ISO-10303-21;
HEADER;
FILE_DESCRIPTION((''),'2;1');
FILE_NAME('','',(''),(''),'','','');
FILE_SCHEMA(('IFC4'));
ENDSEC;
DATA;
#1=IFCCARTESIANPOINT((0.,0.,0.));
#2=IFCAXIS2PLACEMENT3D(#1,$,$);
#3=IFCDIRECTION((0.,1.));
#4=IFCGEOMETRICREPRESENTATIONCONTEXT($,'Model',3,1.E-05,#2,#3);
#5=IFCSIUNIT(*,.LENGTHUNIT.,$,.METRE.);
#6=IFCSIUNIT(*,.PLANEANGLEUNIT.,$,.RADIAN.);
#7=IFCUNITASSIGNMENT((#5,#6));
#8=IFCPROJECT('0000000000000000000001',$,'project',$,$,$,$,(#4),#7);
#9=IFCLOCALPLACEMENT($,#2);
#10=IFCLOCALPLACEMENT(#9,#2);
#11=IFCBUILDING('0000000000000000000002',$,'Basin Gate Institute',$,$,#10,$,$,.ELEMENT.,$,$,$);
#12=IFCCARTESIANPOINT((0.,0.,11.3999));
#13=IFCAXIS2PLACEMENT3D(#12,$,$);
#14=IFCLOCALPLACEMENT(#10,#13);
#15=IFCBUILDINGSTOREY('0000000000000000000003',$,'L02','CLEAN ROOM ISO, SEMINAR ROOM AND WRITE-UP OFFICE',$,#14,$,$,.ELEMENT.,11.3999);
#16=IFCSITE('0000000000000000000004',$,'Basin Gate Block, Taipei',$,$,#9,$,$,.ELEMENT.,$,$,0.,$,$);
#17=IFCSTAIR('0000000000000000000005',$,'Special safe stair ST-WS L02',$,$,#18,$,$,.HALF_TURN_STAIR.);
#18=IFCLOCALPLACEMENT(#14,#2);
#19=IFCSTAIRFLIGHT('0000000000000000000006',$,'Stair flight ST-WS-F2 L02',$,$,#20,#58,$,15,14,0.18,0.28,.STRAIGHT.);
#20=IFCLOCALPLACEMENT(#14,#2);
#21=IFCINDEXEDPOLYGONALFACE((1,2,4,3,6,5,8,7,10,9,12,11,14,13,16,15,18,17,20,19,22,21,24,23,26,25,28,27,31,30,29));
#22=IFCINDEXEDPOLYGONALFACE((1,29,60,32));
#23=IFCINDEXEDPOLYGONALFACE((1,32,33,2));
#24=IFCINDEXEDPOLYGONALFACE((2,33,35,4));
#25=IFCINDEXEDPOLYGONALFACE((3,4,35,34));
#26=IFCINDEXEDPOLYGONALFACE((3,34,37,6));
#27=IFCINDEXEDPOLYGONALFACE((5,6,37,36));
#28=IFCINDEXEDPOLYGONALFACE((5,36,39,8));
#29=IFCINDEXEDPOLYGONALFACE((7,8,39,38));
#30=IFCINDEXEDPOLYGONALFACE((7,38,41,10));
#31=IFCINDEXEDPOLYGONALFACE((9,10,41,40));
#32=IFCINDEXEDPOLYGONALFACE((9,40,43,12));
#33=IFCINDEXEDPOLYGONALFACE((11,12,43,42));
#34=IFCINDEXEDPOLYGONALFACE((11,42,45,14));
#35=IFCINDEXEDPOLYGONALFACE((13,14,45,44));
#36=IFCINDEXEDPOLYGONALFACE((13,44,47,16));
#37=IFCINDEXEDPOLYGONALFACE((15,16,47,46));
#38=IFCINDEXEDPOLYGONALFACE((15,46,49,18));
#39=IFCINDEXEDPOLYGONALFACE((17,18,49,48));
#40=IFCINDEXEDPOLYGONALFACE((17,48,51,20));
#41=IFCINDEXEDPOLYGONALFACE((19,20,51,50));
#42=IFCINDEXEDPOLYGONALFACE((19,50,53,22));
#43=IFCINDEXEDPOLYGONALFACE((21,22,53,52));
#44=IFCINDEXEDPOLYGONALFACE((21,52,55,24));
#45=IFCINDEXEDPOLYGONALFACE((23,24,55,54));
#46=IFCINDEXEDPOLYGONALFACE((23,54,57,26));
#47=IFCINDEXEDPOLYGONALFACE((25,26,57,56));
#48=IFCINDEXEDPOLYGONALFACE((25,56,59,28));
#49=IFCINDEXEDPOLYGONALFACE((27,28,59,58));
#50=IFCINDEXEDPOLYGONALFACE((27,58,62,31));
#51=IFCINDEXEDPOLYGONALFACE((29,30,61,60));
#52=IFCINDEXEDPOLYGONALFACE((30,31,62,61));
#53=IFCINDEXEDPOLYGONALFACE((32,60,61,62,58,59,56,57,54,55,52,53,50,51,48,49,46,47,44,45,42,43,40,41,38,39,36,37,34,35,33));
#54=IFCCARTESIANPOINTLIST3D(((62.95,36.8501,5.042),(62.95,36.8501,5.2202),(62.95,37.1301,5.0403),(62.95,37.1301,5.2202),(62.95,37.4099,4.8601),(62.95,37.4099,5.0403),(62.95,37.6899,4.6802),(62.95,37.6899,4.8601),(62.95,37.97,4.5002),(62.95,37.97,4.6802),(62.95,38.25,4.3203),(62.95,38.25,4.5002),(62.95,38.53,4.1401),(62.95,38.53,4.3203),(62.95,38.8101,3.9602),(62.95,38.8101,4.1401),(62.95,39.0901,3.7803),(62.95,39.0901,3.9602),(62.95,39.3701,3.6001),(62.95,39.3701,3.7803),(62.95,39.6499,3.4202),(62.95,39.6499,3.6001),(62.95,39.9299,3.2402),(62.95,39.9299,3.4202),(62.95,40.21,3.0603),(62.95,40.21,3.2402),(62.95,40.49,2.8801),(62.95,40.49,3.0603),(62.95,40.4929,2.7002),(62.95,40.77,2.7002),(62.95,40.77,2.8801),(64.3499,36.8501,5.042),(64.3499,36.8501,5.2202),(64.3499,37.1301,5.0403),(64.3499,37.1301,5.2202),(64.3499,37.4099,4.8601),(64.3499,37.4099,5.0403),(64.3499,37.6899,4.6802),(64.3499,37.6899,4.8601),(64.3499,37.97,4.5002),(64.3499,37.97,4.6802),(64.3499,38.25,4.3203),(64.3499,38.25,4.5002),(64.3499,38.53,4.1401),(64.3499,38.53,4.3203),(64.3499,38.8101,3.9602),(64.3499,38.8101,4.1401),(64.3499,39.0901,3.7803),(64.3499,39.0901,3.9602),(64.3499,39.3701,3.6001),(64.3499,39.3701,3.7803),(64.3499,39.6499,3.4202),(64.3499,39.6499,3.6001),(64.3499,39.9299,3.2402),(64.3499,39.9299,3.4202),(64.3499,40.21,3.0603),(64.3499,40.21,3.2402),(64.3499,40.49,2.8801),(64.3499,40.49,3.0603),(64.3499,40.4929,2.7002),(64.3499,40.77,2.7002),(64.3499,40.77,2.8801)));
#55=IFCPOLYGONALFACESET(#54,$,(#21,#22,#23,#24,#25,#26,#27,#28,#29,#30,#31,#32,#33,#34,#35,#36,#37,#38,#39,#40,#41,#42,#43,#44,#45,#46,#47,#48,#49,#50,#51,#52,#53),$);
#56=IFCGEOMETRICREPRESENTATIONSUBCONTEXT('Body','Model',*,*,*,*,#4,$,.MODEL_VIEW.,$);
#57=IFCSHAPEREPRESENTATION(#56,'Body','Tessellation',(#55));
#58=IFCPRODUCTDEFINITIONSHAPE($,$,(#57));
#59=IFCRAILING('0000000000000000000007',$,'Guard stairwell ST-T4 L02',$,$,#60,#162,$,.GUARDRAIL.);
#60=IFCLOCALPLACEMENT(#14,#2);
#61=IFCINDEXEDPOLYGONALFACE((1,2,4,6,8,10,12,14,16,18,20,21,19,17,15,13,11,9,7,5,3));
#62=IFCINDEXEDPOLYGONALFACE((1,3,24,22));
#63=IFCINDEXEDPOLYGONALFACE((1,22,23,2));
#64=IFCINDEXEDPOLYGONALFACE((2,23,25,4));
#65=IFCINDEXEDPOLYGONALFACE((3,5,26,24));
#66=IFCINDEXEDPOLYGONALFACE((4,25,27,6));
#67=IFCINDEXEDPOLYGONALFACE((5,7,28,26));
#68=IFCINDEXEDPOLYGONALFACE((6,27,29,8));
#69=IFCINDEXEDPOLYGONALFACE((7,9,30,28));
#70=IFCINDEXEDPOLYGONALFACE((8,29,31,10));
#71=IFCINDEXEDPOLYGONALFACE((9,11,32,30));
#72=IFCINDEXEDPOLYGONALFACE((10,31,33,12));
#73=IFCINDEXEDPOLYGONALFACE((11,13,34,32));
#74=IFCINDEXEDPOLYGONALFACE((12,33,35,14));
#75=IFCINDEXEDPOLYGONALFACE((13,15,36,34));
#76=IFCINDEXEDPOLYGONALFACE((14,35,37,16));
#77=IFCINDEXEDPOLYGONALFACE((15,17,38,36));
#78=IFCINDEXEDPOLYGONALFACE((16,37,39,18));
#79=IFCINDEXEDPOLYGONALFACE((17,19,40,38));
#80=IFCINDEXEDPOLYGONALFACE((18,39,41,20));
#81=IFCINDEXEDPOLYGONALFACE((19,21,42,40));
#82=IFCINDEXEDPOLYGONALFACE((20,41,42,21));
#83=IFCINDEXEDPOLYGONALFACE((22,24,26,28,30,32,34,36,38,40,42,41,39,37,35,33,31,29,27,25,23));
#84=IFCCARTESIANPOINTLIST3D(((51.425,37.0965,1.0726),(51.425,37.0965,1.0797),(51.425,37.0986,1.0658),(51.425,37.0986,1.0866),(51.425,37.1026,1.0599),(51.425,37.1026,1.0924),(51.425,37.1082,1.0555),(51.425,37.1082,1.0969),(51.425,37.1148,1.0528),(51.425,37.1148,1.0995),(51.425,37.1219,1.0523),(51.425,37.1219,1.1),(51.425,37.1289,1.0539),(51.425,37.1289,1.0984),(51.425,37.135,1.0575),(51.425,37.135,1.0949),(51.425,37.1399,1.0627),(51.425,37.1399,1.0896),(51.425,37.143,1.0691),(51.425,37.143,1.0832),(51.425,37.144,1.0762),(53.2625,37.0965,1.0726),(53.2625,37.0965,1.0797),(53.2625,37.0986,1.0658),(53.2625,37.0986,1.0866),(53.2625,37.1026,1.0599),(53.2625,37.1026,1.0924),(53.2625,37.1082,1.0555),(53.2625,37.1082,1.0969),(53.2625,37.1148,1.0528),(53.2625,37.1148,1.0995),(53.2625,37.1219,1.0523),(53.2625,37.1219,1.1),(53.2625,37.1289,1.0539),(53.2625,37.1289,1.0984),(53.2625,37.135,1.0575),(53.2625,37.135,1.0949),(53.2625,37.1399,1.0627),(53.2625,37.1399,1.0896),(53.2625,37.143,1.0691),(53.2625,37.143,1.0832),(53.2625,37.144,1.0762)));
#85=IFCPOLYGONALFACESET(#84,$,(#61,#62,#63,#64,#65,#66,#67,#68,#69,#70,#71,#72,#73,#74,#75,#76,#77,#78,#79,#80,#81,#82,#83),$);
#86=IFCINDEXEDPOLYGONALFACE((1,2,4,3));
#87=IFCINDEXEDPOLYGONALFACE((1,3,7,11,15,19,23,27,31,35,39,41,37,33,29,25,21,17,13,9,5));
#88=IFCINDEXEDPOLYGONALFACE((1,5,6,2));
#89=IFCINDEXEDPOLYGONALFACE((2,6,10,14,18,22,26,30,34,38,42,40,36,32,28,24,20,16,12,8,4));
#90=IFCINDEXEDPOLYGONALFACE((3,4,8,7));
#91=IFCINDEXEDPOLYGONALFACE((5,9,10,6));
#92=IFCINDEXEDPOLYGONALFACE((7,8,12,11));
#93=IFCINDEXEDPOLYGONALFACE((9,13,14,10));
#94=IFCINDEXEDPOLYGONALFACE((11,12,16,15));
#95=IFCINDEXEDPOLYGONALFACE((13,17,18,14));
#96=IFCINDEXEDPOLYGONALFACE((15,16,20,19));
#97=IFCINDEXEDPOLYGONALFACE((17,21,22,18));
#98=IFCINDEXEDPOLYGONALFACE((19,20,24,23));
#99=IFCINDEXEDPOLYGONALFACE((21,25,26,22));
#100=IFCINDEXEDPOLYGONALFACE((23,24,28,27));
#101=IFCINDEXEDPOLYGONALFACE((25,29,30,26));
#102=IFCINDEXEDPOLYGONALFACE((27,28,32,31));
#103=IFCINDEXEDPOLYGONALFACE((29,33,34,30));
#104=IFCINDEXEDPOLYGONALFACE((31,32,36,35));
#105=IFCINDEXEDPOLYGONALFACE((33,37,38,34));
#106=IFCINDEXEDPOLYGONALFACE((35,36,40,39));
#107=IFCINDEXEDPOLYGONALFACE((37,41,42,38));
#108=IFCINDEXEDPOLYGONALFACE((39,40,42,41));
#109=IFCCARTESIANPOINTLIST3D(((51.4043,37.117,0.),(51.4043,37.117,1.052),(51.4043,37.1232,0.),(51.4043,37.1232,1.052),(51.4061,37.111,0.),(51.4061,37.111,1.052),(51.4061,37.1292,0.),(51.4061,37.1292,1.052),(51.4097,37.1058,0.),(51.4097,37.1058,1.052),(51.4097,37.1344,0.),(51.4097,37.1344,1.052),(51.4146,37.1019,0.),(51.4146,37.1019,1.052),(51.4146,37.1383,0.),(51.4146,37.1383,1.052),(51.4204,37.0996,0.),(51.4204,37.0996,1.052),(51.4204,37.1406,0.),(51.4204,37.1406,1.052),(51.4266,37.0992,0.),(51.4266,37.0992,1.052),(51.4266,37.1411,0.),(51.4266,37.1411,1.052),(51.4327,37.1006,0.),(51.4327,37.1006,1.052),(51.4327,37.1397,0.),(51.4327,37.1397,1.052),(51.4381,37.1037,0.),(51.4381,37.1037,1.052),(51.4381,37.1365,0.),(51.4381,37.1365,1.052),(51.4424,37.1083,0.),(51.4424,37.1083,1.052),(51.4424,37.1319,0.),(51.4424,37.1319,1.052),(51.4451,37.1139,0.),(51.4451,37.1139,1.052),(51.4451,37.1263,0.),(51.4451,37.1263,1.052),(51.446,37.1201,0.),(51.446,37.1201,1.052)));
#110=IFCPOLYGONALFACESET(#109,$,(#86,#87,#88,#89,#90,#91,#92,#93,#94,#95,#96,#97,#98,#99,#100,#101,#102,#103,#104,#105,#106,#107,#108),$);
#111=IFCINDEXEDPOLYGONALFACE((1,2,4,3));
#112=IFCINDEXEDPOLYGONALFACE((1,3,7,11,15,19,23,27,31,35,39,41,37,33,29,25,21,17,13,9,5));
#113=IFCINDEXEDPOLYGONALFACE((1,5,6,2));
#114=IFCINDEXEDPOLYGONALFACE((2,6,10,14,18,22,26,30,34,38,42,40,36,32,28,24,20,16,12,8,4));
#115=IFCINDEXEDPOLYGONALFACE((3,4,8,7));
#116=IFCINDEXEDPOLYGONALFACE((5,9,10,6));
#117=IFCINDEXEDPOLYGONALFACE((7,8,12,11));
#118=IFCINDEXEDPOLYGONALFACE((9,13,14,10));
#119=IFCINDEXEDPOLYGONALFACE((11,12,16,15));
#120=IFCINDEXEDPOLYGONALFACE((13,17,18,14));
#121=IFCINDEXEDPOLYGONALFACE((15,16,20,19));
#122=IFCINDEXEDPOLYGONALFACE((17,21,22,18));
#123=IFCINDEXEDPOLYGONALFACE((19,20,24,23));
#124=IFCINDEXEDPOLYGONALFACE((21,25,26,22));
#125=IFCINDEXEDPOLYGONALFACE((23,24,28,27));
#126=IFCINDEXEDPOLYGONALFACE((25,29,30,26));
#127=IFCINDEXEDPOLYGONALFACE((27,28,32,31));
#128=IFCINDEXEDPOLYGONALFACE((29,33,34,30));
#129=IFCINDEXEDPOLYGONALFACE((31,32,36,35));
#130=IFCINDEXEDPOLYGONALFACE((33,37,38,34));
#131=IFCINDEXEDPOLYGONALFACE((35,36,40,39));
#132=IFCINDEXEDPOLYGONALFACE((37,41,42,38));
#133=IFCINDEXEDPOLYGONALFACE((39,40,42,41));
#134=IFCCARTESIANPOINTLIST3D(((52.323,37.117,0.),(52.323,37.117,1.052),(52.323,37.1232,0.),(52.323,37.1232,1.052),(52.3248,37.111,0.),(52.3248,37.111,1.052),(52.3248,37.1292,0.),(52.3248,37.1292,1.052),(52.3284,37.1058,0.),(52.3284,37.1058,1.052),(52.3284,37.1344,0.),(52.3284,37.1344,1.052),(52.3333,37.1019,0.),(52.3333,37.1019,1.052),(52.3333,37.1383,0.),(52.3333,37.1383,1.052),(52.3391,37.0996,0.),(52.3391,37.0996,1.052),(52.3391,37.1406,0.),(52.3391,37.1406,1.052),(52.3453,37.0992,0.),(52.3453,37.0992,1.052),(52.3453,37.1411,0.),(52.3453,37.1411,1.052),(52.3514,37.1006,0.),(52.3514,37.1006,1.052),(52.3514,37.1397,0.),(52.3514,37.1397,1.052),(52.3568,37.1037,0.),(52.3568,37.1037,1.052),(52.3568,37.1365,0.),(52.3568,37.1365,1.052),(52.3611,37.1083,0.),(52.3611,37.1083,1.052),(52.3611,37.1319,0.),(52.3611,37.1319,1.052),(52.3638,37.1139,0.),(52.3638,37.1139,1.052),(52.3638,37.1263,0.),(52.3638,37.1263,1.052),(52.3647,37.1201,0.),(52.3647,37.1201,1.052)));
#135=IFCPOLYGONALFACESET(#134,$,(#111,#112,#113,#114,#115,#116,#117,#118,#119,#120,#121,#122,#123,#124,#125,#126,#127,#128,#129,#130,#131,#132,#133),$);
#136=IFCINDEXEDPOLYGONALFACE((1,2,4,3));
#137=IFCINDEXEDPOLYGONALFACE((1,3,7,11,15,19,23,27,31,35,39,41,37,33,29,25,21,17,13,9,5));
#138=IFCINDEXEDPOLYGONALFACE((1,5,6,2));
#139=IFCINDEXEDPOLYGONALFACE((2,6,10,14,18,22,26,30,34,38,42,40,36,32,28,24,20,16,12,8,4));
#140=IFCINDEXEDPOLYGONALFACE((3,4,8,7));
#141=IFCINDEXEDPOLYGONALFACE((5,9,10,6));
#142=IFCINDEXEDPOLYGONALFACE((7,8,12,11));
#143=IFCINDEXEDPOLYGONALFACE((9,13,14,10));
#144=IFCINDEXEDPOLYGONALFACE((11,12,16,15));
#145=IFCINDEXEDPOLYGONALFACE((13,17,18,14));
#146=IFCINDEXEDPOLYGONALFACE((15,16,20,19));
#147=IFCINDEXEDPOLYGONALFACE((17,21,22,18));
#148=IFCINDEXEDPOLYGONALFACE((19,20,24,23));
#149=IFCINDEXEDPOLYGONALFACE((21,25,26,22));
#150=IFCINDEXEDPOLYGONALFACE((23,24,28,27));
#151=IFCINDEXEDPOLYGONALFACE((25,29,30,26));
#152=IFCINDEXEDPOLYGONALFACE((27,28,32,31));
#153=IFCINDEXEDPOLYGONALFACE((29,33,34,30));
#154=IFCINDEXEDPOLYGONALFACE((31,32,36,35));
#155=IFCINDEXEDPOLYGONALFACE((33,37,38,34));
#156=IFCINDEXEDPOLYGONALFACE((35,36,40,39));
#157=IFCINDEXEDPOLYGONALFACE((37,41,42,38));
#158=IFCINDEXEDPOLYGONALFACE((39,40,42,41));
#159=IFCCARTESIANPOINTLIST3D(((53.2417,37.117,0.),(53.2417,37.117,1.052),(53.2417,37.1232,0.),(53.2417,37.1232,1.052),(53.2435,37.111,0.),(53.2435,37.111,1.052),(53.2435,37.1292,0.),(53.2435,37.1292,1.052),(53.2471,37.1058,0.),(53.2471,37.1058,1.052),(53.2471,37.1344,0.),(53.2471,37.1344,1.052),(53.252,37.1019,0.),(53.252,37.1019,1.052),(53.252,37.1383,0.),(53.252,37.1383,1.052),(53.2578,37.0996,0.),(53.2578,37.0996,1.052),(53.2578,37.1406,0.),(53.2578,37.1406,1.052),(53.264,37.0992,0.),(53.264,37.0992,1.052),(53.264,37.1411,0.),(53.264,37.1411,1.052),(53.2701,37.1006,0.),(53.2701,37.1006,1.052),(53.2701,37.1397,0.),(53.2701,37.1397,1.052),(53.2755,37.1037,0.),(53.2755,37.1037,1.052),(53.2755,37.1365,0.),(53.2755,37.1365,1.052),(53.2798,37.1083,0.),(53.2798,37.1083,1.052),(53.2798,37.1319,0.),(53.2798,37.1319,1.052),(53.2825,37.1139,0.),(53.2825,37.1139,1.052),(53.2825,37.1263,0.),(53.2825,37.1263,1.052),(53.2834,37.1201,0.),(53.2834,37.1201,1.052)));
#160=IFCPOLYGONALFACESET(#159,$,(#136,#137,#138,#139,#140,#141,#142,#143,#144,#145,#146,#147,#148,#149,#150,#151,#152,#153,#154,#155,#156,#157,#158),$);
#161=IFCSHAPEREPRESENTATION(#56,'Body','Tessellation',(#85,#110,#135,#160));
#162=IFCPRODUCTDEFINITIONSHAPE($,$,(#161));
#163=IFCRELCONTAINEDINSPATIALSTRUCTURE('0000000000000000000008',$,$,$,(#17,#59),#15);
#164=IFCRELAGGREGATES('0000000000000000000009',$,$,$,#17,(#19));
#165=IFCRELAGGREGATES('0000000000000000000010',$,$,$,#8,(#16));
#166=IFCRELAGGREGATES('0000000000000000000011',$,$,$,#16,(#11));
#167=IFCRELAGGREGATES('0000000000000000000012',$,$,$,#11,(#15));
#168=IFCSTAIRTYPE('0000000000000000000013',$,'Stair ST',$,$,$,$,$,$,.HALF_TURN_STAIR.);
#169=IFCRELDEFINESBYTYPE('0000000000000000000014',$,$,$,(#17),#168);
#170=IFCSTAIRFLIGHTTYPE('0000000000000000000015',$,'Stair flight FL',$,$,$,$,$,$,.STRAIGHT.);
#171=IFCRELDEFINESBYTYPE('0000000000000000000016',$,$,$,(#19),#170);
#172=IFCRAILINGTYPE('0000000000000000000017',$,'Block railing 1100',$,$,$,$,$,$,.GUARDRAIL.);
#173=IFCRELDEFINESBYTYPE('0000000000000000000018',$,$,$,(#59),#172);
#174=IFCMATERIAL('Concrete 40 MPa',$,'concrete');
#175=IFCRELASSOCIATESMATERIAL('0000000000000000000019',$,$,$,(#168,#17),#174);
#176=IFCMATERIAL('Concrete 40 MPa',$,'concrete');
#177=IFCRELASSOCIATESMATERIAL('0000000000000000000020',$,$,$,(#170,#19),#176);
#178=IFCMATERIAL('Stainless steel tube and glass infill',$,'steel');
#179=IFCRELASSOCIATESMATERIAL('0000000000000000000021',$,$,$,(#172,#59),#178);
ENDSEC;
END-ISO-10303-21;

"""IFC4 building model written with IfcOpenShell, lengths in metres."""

from ifc_helpers import new_model, si_unit, direction, frame, origin, origin_2d, place, context, subcontext, project, spatial, polyline, circle, outline, extrude, material, type_object, element, aggregate, save


model = new_model("IFC4")

# Units and contexts
model_context = context("Model", 3, precision=1e-05, world=origin(), true_north=direction((0.0, 1.0)))
body_context = subcontext(model_context, "Body", "Model", "MODEL_VIEW")
ifc_project = project(units=[si_unit("LENGTHUNIT", "METRE"), si_unit("PLANEANGLEUNIT", "RADIAN")], contexts=[model_context])

# Site, building, storey
site_placement = place(None, origin())
site = spatial("IfcSite", under=ifc_project, at=site_placement, Name="Basin Gate Block, Taipei", CompositionType="ELEMENT", RefElevation=0.0)
building_placement = place(site_placement, origin())
building = spatial("IfcBuilding", under=site, at=building_placement, Name="Basin Gate Institute", CompositionType="ELEMENT")
storey_placement = place(building_placement, frame((0.0, 0.0, 11.3999)))
storey = spatial("IfcBuildingStorey", under=building, at=storey_placement, Name="L02", Description="CLEAN ROOM ISO, SEMINAR ROOM AND WRITE-UP OFFICE", CompositionType="ELEMENT", Elevation=11.3999)

# Stair, stair flight
ifc_material_1 = material(Name="Concrete 40 MPa", Category="concrete")
stair_type = type_object("IfcStairType", Name="Stair ST", PredefinedType="HALF_TURN_STAIR", material=ifc_material_1)
stair_placement = place(storey_placement, origin())
stair = element("IfcStair", 1, at=stair_placement, inside=storey, type_object=stair_type, material=ifc_material_1, Name="Special safe stair ST-WS L02", PredefinedType="HALF_TURN_STAIR")
ifc_material_2 = material(Name="Concrete 40 MPa", Category="concrete")
stair_flight_type = type_object("IfcStairFlightType", Name="Stair flight FL", PredefinedType="STRAIGHT", material=ifc_material_2)
stair_flight_1_placement = place(storey_placement, frame((63.6499, 40.77, 2.7002), z_axis=(0.0, 0.0, 1.0), x_axis=(0.0, -1.0, 0.0)))
stair_flight_1 = element("IfcStairFlight", 2, at=stair_flight_1_placement, type_object=stair_flight_type, material=ifc_material_2, Name="Stair flight ST-WS-F2 L02", NumberOfRisers=15, NumberOfTreads=14, PredefinedType="STRAIGHT", RiserHeight=0.18, TreadLength=0.28, context=body_context, shape_type="SweptSolid", body=[
    extrude(outline(polyline([(0.0, 0.0), (0.0, 0.1799), (0.28, 0.1799), (0.28, 0.3601), (0.5601, 0.3601), (0.5601, 0.54), (0.8401, 0.54), (0.8401, 0.72), (1.1201, 0.72), (1.1201, 0.8999), (1.3999, 0.8999), (1.3999, 1.0801), (1.6799, 1.0801), (1.6799, 1.26), (1.96, 1.26), (1.96, 1.4399), (2.24, 1.4399), (2.24, 1.6201), (2.52, 1.6201), (2.52, 1.8), (2.8, 1.8), (2.8, 1.98), (3.0801, 1.98), (3.0801, 2.1599), (3.3601, 2.1599), (3.3601, 2.3401), (3.6399, 2.3401), (3.6399, 2.52), (3.9199, 2.52), (3.9199, 2.7), (3.9199, 2.3418), (0.2771, 0.0), (0.0, 0.0)])), frame((0.0, 0.7, 0.0), z_axis=(0.0, -1.0, 0.0), x_axis=(1.0, 0.0, 0.0)), (0.0, 0.0, 1.0), 1.3999),
])
aggregate(stair, [stair_flight_1])

# Railing
ifc_material_3 = material(Name="Stainless steel tube and glass infill", Category="steel")
railing_type_1 = type_object("IfcRailingType", Name="Block railing 1100", PredefinedType="GUARDRAIL", material=ifc_material_3)
railing_1_placement = place(storey_placement, frame((51.425, 37.1201, 0.0)))
element("IfcRailing", 3, at=railing_1_placement, inside=storey, type_object=railing_type_1, material=ifc_material_3, Name="Guard stairwell ST-T4 L02", PredefinedType="GUARDRAIL", context=body_context, shape_type="SweptSolid", body=[
    extrude(circle(Radius=0.0239, at=origin_2d()), frame((0.0, 0.0, 1.0762), z_axis=(1.0, 0.0, 0.0), x_axis=(0.0, 1.0, 0.0)), (0.0, 0.0, 1.0), 1.8374),
    extrude(circle(Radius=0.021, at=origin_2d()), origin(), (0.0, 0.0, 1.0), 1.052),
    extrude(circle(Radius=0.021, at=origin_2d()), frame((0.9187, 0.0, 0.0)), (0.0, 0.0, 1.0), 1.052),
    extrude(circle(Radius=0.021, at=origin_2d()), frame((1.8374, 0.0, 0.0)), (0.0, 0.0, 1.0), 1.052),
])

save(model, "model.ifc")
